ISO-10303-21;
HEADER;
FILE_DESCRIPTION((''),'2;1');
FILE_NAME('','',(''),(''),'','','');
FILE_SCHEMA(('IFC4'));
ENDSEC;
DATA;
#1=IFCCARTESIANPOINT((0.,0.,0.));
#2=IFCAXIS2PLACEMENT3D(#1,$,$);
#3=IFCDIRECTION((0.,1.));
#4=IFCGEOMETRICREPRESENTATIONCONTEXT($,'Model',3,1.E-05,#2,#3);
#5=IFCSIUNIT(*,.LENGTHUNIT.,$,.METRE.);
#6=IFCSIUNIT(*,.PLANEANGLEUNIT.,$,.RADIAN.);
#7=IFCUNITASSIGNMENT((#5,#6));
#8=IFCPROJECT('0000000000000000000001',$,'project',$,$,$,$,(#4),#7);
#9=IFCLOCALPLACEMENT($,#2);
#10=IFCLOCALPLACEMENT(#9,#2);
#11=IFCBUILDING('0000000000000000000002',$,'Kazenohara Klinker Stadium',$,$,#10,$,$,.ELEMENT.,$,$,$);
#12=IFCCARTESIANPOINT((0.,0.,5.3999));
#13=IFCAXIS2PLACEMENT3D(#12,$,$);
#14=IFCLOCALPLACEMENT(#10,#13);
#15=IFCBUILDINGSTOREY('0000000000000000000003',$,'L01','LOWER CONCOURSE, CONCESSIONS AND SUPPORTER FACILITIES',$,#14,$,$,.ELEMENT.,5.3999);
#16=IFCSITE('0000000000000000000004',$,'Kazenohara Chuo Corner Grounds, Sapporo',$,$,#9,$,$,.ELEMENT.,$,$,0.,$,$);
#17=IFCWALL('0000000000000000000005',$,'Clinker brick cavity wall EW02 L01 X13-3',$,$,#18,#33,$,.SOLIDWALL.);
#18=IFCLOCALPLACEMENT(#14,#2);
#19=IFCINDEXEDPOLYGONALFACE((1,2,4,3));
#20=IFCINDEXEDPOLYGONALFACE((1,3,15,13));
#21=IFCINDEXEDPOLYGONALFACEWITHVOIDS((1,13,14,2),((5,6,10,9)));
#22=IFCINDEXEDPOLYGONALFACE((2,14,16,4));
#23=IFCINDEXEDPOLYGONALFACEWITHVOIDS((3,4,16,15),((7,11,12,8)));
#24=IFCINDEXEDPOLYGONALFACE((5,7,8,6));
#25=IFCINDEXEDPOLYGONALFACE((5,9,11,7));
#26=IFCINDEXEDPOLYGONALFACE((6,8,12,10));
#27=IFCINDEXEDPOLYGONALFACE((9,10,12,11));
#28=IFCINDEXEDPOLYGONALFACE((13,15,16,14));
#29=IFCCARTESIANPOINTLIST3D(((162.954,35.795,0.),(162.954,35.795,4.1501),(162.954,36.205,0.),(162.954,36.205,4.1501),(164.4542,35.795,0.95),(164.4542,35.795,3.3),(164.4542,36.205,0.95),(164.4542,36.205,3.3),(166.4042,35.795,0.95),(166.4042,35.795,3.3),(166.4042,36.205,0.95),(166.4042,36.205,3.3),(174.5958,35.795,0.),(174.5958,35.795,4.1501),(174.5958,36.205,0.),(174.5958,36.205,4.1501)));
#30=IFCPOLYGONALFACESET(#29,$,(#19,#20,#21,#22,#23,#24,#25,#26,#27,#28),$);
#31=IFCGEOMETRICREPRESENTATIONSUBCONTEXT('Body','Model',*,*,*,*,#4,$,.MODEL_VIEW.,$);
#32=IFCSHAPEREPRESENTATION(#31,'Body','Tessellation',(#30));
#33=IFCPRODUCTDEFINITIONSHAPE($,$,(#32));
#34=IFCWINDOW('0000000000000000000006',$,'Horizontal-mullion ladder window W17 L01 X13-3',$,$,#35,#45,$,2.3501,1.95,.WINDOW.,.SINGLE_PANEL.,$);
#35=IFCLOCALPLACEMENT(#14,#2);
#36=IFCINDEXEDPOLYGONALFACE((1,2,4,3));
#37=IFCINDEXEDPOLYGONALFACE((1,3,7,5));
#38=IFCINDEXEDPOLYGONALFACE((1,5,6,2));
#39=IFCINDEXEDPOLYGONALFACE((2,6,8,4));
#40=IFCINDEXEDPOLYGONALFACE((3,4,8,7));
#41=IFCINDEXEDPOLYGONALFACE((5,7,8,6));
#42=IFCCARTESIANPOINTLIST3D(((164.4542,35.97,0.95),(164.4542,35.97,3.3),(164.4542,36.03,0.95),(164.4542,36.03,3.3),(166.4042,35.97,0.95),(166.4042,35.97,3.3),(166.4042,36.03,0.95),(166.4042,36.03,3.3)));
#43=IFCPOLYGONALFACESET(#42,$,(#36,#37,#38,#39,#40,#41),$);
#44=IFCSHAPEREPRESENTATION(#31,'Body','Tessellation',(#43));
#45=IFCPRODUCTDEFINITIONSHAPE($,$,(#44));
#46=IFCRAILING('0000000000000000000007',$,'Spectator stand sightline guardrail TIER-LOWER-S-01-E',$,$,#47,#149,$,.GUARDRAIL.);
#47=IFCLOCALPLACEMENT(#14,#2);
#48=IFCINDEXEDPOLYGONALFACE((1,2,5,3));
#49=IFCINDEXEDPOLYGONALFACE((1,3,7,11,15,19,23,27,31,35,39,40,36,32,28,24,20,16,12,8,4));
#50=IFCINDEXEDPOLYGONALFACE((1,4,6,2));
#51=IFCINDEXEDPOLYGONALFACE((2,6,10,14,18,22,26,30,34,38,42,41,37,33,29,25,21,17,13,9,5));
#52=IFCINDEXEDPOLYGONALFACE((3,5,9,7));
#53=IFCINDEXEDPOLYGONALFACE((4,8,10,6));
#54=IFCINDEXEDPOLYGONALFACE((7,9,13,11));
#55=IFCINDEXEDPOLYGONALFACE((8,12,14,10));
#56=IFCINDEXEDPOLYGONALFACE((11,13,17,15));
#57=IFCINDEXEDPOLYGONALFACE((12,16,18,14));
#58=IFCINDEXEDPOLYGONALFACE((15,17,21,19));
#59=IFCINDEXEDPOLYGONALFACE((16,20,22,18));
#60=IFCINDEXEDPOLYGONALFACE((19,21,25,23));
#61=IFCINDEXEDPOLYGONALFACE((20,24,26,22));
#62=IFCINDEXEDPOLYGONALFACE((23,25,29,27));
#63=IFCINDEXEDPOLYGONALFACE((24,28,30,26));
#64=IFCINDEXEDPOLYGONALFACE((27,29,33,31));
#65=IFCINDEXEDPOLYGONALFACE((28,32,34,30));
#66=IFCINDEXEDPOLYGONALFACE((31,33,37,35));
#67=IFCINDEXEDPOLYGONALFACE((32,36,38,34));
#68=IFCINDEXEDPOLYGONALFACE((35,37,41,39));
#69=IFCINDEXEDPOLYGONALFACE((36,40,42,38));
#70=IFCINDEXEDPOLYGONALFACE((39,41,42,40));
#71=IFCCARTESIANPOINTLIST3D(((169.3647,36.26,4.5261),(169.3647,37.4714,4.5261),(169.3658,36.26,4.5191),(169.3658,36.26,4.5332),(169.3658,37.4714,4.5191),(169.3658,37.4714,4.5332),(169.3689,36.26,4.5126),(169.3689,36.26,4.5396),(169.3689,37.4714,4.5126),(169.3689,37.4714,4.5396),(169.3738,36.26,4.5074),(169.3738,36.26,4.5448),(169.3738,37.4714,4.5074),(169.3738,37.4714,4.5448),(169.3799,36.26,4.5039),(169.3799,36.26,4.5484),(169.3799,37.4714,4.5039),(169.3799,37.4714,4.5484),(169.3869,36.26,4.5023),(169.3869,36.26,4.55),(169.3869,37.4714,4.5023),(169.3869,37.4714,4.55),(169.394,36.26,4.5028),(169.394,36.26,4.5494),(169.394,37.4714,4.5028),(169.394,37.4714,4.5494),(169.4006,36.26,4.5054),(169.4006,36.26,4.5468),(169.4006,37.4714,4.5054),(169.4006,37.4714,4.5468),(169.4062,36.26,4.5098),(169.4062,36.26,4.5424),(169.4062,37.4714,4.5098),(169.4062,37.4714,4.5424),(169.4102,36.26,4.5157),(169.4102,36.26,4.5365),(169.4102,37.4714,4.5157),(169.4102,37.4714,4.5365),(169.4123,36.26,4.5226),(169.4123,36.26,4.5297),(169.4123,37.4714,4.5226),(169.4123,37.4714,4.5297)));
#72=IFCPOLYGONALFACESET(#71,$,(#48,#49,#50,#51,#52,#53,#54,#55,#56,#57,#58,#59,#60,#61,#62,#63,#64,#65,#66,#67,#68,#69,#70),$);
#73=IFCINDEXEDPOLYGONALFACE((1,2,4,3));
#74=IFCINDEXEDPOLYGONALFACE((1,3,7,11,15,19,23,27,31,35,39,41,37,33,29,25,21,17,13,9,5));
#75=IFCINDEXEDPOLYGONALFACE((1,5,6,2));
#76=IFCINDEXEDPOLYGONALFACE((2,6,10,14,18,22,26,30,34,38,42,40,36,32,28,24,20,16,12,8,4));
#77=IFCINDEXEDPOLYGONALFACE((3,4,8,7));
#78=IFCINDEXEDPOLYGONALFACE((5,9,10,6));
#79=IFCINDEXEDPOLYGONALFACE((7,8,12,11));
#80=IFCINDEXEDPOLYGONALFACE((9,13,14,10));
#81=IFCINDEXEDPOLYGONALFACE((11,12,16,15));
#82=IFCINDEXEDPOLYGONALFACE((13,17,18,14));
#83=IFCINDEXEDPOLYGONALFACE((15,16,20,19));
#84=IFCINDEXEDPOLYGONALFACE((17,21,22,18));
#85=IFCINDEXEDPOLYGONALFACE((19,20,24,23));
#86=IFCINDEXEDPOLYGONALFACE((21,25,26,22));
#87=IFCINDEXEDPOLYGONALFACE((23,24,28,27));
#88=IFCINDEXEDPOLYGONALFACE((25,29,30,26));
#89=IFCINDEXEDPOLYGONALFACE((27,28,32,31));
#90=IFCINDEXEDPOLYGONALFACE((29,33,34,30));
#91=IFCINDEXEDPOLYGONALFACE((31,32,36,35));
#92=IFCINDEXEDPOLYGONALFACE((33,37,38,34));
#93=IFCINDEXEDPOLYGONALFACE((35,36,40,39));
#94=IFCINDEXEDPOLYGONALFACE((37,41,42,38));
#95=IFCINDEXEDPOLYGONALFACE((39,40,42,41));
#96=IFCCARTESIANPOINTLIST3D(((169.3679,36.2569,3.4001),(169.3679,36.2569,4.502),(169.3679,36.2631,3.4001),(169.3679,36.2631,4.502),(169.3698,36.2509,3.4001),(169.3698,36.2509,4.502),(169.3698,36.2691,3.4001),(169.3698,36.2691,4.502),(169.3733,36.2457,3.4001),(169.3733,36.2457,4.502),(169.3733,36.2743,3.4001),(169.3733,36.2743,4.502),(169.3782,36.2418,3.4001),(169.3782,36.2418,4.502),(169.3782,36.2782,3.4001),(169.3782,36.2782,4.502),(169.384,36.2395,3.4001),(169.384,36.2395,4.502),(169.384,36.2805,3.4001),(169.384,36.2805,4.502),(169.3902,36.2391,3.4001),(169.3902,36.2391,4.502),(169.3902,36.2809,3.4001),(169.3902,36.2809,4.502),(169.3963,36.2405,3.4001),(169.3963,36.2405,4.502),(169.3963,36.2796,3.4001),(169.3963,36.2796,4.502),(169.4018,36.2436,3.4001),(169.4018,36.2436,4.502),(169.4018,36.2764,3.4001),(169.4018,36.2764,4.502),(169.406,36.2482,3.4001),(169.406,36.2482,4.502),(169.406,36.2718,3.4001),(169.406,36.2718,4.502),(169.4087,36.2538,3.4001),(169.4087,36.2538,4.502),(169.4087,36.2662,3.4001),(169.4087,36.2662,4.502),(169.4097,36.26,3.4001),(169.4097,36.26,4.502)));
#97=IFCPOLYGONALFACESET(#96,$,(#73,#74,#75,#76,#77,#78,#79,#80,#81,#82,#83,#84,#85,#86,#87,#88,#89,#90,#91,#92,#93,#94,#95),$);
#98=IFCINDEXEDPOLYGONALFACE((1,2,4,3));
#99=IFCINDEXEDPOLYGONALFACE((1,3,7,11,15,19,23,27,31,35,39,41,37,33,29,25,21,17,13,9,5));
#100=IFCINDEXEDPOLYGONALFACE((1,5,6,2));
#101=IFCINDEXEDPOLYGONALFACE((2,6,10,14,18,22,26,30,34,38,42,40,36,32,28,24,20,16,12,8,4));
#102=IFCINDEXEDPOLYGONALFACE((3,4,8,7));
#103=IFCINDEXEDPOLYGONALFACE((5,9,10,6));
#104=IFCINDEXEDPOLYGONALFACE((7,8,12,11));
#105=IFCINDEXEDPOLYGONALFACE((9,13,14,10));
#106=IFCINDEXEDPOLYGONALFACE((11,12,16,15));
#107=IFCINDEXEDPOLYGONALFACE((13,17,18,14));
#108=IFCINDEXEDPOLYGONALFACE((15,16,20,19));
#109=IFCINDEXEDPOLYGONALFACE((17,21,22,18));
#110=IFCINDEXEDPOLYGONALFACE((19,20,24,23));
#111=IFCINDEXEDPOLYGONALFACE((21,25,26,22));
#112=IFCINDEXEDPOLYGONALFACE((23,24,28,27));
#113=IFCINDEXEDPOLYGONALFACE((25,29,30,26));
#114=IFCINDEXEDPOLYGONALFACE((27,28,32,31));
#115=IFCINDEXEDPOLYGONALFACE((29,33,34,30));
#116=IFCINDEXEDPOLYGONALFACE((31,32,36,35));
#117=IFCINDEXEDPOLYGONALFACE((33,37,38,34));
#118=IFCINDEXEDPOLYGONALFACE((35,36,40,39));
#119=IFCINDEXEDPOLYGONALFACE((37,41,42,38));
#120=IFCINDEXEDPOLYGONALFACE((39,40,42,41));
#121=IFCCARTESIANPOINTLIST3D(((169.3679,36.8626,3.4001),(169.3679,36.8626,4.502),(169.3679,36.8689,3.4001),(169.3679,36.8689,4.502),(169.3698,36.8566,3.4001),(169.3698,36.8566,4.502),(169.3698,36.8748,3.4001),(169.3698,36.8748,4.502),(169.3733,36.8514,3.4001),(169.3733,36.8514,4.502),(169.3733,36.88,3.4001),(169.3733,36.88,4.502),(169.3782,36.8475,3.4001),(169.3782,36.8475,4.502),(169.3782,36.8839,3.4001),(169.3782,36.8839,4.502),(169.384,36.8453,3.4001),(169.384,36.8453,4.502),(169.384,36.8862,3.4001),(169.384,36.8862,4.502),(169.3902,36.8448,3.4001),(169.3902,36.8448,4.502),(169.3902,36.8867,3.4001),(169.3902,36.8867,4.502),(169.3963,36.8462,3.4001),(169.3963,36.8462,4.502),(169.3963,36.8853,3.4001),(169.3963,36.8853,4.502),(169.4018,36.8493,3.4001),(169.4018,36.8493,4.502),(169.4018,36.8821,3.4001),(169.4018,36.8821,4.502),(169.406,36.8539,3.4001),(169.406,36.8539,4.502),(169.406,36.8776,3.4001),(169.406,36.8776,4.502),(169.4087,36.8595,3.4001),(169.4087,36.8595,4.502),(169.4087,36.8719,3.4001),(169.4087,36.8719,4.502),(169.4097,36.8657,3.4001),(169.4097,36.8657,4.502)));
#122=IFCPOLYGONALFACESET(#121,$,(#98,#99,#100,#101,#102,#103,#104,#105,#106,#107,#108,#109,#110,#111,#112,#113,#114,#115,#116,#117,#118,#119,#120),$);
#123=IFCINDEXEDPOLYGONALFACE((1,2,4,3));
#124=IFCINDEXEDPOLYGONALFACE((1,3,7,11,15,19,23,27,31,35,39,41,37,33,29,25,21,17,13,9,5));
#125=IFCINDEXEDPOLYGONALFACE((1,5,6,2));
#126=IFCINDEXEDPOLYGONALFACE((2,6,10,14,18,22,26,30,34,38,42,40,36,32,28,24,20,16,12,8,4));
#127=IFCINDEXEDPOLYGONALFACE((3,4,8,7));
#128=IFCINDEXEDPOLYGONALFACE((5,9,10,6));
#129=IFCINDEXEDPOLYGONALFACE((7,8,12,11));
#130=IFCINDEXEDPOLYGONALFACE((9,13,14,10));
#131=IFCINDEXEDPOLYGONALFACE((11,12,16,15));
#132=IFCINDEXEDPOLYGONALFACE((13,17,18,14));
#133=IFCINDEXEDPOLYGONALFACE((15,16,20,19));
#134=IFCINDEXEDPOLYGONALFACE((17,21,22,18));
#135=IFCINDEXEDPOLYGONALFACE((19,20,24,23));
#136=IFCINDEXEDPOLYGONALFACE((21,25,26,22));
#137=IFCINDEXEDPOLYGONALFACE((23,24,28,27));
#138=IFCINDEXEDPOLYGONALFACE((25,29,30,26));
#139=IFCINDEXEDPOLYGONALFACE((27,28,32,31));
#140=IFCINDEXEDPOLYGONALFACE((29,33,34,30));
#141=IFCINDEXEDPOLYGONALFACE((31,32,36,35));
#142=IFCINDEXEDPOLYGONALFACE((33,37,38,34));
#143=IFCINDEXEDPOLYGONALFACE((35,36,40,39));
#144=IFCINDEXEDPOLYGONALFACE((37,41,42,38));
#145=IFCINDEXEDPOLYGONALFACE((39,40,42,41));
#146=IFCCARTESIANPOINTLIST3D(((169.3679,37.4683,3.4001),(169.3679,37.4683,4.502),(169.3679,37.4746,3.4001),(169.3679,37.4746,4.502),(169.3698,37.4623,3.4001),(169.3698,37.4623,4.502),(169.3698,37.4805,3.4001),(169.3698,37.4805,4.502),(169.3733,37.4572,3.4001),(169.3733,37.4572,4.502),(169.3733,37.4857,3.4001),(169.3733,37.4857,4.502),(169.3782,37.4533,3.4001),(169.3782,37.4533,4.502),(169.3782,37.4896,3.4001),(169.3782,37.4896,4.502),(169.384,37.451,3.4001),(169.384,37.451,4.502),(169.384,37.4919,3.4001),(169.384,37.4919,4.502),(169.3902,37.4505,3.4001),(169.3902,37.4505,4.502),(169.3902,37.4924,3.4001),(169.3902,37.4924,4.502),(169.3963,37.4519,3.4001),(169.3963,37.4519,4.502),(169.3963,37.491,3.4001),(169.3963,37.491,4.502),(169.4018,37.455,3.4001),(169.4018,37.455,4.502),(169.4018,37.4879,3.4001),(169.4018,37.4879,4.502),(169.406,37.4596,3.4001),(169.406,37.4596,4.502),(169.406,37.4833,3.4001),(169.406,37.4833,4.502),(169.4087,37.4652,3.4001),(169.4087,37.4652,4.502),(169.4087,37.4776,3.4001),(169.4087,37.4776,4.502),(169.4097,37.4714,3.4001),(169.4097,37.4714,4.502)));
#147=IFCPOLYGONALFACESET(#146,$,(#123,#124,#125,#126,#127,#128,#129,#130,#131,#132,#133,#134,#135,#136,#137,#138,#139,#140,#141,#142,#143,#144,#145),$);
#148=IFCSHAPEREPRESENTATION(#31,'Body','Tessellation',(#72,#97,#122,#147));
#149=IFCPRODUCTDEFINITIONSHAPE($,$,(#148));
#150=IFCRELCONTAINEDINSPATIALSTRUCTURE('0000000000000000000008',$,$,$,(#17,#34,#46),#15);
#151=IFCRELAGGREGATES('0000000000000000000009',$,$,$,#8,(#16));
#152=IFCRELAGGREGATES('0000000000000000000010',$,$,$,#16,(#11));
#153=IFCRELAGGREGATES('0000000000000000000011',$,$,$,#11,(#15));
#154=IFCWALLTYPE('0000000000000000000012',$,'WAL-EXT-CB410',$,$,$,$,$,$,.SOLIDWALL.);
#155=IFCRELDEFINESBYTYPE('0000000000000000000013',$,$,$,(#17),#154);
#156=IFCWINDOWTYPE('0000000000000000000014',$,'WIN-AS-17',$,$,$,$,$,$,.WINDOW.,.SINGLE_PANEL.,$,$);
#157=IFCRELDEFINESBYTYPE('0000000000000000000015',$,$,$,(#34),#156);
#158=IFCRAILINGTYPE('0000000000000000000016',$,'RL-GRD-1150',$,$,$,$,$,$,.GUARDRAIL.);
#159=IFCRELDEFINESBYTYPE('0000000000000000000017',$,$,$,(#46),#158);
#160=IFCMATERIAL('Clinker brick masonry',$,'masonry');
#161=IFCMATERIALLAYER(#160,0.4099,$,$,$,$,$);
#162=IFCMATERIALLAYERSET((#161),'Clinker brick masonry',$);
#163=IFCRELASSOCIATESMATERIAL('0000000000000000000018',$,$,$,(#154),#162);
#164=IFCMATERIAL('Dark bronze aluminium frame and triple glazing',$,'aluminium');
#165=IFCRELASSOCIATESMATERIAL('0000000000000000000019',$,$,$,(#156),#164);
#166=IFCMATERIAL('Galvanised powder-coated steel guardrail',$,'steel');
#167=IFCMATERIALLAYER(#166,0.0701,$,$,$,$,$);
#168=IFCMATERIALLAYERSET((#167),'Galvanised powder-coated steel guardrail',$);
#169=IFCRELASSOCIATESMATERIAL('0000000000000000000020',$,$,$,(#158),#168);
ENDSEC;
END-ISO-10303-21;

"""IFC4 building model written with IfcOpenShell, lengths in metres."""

from ifc_helpers import new_model, si_unit, direction, frame, frame_2d, origin, origin_2d, place, context, subcontext, project, spatial, rectangle, circle, extrude, material, layer, layer_set, type_object, element, fill, save


model = new_model("IFC4")

# Units and contexts
model_context = context("Model", 3, precision=1e-05, world=origin(), true_north=direction((0.0, 1.0)))
body_context = subcontext(model_context, "Body", "Model", "MODEL_VIEW")
ifc_project = project(units=[si_unit("LENGTHUNIT", "METRE"), si_unit("PLANEANGLEUNIT", "RADIAN")], contexts=[model_context])

# Site, building, storey
site_placement = place(None, origin())
site = spatial("IfcSite", under=ifc_project, at=site_placement, Name="Kazenohara Chuo Corner Grounds, Sapporo", CompositionType="ELEMENT", RefElevation=0.0)
building_placement = place(site_placement, origin())
building = spatial("IfcBuilding", under=site, at=building_placement, Name="Kazenohara Klinker Stadium", CompositionType="ELEMENT")
storey_placement = place(building_placement, frame((0.0, 0.0, 5.3999)))
storey = spatial("IfcBuildingStorey", under=building, at=storey_placement, Name="L01", Description="LOWER CONCOURSE, CONCESSIONS AND SUPPORTER FACILITIES", CompositionType="ELEMENT", Elevation=5.3999)

# Wall, opening, window
ifc_material_1 = material(Name="Clinker brick masonry", Category="masonry")
ifc_layer_1 = layer(ifc_material_1, 0.4099)
ifc_layer_set_1 = layer_set([ifc_layer_1], Name="Clinker brick masonry")
wall_type = type_object("IfcWallType", Name="WAL-EXT-CB410", PredefinedType="SOLIDWALL", material=ifc_layer_set_1)
wall_placement = place(storey_placement, frame((162.9541, 36.0, 0.0), z_axis=(0.0, 0.0, 1.0), x_axis=(1.0, 0.0, 0.0)))
wall = element("IfcWall", 1, at=wall_placement, inside=storey, type_object=wall_type, Name="Clinker brick cavity wall EW02 L01 X13-3", PredefinedType="SOLIDWALL", context=body_context, shape_type="SweptSolid", body=[
    extrude(rectangle(XDim=11.6418, YDim=0.4099, at=frame_2d((5.8208, 0.0))), origin(), (0.0, 0.0, 1.0), 4.1501),
])
opening_placement = place(wall_placement, frame((1.5, 0.0, 0.95)))
opening = element("IfcOpeningElement", 2, at=opening_placement, cuts=wall, PredefinedType="OPENING", context=body_context, shape_type="SweptSolid", body=[
    extrude(rectangle(XDim=1.95, YDim=2.3501, at=frame_2d((0.9751, 1.175))), frame((0.0, 0.2148, 0.0), z_axis=(0.0, -1.0, 0.0), x_axis=(1.0, 0.0, 0.0)), (0.0, 0.0, 1.0), 0.4299),
])
ifc_material_2 = material(Name="Dark bronze aluminium frame and triple glazing", Category="aluminium")
window_type = type_object("IfcWindowType", Name="WIN-AS-17", PartitioningType="SINGLE_PANEL", PredefinedType="WINDOW", material=ifc_material_2)
window_placement = place(opening_placement, origin())
window = element("IfcWindow", 3, at=window_placement, inside=storey, type_object=window_type, Name="Horizontal-mullion ladder window W17 L01 X13-3", OverallHeight=2.3501, OverallWidth=1.95, PartitioningType="SINGLE_PANEL", PredefinedType="WINDOW", context=body_context, shape_type="SweptSolid", body=[
    extrude(rectangle(XDim=1.95, YDim=2.3501, at=frame_2d((0.9751, 1.175))), frame((0.0, 0.03, 0.0), z_axis=(0.0, -1.0, 0.0), x_axis=(1.0, 0.0, 0.0)), (0.0, 0.0, 1.0), 0.0601),
])
fill(opening, window)

# Railing
ifc_material_3 = material(Name="Galvanised powder-coated steel guardrail", Category="steel")
ifc_layer_2 = layer(ifc_material_3, 0.0701)
ifc_layer_set_2 = layer_set([ifc_layer_2], Name="Galvanised powder-coated steel guardrail")
railing_type = type_object("IfcRailingType", Name="RL-GRD-1150", PredefinedType="GUARDRAIL", material=ifc_layer_set_2)
railing_1_placement = place(storey_placement, frame((169.3887, 36.26, 3.4001)))
element("IfcRailing", 4, at=railing_1_placement, inside=storey, type_object=railing_type, Name="Spectator stand sightline guardrail TIER-LOWER-S-01-E", PredefinedType="GUARDRAIL", context=body_context, shape_type="SweptSolid", body=[
    extrude(circle(Radius=0.0239, at=origin_2d()), frame((0.0, 0.0, 1.126), z_axis=(0.0, 1.0, 0.0), x_axis=(-1.0, 0.0, 0.0)), (0.0, 0.0, 1.0), 1.2114),
    extrude(circle(Radius=0.021, at=origin_2d()), origin(), (0.0, 0.0, 1.0), 1.1018),
    extrude(circle(Radius=0.021, at=origin_2d()), frame((0.0, 0.6057, 0.0)), (0.0, 0.0, 1.0), 1.1018),
    extrude(circle(Radius=0.021, at=origin_2d()), frame((0.0, 1.2114, 0.0)), (0.0, 0.0, 1.0), 1.1018),
])

save(model, "model.ifc")
